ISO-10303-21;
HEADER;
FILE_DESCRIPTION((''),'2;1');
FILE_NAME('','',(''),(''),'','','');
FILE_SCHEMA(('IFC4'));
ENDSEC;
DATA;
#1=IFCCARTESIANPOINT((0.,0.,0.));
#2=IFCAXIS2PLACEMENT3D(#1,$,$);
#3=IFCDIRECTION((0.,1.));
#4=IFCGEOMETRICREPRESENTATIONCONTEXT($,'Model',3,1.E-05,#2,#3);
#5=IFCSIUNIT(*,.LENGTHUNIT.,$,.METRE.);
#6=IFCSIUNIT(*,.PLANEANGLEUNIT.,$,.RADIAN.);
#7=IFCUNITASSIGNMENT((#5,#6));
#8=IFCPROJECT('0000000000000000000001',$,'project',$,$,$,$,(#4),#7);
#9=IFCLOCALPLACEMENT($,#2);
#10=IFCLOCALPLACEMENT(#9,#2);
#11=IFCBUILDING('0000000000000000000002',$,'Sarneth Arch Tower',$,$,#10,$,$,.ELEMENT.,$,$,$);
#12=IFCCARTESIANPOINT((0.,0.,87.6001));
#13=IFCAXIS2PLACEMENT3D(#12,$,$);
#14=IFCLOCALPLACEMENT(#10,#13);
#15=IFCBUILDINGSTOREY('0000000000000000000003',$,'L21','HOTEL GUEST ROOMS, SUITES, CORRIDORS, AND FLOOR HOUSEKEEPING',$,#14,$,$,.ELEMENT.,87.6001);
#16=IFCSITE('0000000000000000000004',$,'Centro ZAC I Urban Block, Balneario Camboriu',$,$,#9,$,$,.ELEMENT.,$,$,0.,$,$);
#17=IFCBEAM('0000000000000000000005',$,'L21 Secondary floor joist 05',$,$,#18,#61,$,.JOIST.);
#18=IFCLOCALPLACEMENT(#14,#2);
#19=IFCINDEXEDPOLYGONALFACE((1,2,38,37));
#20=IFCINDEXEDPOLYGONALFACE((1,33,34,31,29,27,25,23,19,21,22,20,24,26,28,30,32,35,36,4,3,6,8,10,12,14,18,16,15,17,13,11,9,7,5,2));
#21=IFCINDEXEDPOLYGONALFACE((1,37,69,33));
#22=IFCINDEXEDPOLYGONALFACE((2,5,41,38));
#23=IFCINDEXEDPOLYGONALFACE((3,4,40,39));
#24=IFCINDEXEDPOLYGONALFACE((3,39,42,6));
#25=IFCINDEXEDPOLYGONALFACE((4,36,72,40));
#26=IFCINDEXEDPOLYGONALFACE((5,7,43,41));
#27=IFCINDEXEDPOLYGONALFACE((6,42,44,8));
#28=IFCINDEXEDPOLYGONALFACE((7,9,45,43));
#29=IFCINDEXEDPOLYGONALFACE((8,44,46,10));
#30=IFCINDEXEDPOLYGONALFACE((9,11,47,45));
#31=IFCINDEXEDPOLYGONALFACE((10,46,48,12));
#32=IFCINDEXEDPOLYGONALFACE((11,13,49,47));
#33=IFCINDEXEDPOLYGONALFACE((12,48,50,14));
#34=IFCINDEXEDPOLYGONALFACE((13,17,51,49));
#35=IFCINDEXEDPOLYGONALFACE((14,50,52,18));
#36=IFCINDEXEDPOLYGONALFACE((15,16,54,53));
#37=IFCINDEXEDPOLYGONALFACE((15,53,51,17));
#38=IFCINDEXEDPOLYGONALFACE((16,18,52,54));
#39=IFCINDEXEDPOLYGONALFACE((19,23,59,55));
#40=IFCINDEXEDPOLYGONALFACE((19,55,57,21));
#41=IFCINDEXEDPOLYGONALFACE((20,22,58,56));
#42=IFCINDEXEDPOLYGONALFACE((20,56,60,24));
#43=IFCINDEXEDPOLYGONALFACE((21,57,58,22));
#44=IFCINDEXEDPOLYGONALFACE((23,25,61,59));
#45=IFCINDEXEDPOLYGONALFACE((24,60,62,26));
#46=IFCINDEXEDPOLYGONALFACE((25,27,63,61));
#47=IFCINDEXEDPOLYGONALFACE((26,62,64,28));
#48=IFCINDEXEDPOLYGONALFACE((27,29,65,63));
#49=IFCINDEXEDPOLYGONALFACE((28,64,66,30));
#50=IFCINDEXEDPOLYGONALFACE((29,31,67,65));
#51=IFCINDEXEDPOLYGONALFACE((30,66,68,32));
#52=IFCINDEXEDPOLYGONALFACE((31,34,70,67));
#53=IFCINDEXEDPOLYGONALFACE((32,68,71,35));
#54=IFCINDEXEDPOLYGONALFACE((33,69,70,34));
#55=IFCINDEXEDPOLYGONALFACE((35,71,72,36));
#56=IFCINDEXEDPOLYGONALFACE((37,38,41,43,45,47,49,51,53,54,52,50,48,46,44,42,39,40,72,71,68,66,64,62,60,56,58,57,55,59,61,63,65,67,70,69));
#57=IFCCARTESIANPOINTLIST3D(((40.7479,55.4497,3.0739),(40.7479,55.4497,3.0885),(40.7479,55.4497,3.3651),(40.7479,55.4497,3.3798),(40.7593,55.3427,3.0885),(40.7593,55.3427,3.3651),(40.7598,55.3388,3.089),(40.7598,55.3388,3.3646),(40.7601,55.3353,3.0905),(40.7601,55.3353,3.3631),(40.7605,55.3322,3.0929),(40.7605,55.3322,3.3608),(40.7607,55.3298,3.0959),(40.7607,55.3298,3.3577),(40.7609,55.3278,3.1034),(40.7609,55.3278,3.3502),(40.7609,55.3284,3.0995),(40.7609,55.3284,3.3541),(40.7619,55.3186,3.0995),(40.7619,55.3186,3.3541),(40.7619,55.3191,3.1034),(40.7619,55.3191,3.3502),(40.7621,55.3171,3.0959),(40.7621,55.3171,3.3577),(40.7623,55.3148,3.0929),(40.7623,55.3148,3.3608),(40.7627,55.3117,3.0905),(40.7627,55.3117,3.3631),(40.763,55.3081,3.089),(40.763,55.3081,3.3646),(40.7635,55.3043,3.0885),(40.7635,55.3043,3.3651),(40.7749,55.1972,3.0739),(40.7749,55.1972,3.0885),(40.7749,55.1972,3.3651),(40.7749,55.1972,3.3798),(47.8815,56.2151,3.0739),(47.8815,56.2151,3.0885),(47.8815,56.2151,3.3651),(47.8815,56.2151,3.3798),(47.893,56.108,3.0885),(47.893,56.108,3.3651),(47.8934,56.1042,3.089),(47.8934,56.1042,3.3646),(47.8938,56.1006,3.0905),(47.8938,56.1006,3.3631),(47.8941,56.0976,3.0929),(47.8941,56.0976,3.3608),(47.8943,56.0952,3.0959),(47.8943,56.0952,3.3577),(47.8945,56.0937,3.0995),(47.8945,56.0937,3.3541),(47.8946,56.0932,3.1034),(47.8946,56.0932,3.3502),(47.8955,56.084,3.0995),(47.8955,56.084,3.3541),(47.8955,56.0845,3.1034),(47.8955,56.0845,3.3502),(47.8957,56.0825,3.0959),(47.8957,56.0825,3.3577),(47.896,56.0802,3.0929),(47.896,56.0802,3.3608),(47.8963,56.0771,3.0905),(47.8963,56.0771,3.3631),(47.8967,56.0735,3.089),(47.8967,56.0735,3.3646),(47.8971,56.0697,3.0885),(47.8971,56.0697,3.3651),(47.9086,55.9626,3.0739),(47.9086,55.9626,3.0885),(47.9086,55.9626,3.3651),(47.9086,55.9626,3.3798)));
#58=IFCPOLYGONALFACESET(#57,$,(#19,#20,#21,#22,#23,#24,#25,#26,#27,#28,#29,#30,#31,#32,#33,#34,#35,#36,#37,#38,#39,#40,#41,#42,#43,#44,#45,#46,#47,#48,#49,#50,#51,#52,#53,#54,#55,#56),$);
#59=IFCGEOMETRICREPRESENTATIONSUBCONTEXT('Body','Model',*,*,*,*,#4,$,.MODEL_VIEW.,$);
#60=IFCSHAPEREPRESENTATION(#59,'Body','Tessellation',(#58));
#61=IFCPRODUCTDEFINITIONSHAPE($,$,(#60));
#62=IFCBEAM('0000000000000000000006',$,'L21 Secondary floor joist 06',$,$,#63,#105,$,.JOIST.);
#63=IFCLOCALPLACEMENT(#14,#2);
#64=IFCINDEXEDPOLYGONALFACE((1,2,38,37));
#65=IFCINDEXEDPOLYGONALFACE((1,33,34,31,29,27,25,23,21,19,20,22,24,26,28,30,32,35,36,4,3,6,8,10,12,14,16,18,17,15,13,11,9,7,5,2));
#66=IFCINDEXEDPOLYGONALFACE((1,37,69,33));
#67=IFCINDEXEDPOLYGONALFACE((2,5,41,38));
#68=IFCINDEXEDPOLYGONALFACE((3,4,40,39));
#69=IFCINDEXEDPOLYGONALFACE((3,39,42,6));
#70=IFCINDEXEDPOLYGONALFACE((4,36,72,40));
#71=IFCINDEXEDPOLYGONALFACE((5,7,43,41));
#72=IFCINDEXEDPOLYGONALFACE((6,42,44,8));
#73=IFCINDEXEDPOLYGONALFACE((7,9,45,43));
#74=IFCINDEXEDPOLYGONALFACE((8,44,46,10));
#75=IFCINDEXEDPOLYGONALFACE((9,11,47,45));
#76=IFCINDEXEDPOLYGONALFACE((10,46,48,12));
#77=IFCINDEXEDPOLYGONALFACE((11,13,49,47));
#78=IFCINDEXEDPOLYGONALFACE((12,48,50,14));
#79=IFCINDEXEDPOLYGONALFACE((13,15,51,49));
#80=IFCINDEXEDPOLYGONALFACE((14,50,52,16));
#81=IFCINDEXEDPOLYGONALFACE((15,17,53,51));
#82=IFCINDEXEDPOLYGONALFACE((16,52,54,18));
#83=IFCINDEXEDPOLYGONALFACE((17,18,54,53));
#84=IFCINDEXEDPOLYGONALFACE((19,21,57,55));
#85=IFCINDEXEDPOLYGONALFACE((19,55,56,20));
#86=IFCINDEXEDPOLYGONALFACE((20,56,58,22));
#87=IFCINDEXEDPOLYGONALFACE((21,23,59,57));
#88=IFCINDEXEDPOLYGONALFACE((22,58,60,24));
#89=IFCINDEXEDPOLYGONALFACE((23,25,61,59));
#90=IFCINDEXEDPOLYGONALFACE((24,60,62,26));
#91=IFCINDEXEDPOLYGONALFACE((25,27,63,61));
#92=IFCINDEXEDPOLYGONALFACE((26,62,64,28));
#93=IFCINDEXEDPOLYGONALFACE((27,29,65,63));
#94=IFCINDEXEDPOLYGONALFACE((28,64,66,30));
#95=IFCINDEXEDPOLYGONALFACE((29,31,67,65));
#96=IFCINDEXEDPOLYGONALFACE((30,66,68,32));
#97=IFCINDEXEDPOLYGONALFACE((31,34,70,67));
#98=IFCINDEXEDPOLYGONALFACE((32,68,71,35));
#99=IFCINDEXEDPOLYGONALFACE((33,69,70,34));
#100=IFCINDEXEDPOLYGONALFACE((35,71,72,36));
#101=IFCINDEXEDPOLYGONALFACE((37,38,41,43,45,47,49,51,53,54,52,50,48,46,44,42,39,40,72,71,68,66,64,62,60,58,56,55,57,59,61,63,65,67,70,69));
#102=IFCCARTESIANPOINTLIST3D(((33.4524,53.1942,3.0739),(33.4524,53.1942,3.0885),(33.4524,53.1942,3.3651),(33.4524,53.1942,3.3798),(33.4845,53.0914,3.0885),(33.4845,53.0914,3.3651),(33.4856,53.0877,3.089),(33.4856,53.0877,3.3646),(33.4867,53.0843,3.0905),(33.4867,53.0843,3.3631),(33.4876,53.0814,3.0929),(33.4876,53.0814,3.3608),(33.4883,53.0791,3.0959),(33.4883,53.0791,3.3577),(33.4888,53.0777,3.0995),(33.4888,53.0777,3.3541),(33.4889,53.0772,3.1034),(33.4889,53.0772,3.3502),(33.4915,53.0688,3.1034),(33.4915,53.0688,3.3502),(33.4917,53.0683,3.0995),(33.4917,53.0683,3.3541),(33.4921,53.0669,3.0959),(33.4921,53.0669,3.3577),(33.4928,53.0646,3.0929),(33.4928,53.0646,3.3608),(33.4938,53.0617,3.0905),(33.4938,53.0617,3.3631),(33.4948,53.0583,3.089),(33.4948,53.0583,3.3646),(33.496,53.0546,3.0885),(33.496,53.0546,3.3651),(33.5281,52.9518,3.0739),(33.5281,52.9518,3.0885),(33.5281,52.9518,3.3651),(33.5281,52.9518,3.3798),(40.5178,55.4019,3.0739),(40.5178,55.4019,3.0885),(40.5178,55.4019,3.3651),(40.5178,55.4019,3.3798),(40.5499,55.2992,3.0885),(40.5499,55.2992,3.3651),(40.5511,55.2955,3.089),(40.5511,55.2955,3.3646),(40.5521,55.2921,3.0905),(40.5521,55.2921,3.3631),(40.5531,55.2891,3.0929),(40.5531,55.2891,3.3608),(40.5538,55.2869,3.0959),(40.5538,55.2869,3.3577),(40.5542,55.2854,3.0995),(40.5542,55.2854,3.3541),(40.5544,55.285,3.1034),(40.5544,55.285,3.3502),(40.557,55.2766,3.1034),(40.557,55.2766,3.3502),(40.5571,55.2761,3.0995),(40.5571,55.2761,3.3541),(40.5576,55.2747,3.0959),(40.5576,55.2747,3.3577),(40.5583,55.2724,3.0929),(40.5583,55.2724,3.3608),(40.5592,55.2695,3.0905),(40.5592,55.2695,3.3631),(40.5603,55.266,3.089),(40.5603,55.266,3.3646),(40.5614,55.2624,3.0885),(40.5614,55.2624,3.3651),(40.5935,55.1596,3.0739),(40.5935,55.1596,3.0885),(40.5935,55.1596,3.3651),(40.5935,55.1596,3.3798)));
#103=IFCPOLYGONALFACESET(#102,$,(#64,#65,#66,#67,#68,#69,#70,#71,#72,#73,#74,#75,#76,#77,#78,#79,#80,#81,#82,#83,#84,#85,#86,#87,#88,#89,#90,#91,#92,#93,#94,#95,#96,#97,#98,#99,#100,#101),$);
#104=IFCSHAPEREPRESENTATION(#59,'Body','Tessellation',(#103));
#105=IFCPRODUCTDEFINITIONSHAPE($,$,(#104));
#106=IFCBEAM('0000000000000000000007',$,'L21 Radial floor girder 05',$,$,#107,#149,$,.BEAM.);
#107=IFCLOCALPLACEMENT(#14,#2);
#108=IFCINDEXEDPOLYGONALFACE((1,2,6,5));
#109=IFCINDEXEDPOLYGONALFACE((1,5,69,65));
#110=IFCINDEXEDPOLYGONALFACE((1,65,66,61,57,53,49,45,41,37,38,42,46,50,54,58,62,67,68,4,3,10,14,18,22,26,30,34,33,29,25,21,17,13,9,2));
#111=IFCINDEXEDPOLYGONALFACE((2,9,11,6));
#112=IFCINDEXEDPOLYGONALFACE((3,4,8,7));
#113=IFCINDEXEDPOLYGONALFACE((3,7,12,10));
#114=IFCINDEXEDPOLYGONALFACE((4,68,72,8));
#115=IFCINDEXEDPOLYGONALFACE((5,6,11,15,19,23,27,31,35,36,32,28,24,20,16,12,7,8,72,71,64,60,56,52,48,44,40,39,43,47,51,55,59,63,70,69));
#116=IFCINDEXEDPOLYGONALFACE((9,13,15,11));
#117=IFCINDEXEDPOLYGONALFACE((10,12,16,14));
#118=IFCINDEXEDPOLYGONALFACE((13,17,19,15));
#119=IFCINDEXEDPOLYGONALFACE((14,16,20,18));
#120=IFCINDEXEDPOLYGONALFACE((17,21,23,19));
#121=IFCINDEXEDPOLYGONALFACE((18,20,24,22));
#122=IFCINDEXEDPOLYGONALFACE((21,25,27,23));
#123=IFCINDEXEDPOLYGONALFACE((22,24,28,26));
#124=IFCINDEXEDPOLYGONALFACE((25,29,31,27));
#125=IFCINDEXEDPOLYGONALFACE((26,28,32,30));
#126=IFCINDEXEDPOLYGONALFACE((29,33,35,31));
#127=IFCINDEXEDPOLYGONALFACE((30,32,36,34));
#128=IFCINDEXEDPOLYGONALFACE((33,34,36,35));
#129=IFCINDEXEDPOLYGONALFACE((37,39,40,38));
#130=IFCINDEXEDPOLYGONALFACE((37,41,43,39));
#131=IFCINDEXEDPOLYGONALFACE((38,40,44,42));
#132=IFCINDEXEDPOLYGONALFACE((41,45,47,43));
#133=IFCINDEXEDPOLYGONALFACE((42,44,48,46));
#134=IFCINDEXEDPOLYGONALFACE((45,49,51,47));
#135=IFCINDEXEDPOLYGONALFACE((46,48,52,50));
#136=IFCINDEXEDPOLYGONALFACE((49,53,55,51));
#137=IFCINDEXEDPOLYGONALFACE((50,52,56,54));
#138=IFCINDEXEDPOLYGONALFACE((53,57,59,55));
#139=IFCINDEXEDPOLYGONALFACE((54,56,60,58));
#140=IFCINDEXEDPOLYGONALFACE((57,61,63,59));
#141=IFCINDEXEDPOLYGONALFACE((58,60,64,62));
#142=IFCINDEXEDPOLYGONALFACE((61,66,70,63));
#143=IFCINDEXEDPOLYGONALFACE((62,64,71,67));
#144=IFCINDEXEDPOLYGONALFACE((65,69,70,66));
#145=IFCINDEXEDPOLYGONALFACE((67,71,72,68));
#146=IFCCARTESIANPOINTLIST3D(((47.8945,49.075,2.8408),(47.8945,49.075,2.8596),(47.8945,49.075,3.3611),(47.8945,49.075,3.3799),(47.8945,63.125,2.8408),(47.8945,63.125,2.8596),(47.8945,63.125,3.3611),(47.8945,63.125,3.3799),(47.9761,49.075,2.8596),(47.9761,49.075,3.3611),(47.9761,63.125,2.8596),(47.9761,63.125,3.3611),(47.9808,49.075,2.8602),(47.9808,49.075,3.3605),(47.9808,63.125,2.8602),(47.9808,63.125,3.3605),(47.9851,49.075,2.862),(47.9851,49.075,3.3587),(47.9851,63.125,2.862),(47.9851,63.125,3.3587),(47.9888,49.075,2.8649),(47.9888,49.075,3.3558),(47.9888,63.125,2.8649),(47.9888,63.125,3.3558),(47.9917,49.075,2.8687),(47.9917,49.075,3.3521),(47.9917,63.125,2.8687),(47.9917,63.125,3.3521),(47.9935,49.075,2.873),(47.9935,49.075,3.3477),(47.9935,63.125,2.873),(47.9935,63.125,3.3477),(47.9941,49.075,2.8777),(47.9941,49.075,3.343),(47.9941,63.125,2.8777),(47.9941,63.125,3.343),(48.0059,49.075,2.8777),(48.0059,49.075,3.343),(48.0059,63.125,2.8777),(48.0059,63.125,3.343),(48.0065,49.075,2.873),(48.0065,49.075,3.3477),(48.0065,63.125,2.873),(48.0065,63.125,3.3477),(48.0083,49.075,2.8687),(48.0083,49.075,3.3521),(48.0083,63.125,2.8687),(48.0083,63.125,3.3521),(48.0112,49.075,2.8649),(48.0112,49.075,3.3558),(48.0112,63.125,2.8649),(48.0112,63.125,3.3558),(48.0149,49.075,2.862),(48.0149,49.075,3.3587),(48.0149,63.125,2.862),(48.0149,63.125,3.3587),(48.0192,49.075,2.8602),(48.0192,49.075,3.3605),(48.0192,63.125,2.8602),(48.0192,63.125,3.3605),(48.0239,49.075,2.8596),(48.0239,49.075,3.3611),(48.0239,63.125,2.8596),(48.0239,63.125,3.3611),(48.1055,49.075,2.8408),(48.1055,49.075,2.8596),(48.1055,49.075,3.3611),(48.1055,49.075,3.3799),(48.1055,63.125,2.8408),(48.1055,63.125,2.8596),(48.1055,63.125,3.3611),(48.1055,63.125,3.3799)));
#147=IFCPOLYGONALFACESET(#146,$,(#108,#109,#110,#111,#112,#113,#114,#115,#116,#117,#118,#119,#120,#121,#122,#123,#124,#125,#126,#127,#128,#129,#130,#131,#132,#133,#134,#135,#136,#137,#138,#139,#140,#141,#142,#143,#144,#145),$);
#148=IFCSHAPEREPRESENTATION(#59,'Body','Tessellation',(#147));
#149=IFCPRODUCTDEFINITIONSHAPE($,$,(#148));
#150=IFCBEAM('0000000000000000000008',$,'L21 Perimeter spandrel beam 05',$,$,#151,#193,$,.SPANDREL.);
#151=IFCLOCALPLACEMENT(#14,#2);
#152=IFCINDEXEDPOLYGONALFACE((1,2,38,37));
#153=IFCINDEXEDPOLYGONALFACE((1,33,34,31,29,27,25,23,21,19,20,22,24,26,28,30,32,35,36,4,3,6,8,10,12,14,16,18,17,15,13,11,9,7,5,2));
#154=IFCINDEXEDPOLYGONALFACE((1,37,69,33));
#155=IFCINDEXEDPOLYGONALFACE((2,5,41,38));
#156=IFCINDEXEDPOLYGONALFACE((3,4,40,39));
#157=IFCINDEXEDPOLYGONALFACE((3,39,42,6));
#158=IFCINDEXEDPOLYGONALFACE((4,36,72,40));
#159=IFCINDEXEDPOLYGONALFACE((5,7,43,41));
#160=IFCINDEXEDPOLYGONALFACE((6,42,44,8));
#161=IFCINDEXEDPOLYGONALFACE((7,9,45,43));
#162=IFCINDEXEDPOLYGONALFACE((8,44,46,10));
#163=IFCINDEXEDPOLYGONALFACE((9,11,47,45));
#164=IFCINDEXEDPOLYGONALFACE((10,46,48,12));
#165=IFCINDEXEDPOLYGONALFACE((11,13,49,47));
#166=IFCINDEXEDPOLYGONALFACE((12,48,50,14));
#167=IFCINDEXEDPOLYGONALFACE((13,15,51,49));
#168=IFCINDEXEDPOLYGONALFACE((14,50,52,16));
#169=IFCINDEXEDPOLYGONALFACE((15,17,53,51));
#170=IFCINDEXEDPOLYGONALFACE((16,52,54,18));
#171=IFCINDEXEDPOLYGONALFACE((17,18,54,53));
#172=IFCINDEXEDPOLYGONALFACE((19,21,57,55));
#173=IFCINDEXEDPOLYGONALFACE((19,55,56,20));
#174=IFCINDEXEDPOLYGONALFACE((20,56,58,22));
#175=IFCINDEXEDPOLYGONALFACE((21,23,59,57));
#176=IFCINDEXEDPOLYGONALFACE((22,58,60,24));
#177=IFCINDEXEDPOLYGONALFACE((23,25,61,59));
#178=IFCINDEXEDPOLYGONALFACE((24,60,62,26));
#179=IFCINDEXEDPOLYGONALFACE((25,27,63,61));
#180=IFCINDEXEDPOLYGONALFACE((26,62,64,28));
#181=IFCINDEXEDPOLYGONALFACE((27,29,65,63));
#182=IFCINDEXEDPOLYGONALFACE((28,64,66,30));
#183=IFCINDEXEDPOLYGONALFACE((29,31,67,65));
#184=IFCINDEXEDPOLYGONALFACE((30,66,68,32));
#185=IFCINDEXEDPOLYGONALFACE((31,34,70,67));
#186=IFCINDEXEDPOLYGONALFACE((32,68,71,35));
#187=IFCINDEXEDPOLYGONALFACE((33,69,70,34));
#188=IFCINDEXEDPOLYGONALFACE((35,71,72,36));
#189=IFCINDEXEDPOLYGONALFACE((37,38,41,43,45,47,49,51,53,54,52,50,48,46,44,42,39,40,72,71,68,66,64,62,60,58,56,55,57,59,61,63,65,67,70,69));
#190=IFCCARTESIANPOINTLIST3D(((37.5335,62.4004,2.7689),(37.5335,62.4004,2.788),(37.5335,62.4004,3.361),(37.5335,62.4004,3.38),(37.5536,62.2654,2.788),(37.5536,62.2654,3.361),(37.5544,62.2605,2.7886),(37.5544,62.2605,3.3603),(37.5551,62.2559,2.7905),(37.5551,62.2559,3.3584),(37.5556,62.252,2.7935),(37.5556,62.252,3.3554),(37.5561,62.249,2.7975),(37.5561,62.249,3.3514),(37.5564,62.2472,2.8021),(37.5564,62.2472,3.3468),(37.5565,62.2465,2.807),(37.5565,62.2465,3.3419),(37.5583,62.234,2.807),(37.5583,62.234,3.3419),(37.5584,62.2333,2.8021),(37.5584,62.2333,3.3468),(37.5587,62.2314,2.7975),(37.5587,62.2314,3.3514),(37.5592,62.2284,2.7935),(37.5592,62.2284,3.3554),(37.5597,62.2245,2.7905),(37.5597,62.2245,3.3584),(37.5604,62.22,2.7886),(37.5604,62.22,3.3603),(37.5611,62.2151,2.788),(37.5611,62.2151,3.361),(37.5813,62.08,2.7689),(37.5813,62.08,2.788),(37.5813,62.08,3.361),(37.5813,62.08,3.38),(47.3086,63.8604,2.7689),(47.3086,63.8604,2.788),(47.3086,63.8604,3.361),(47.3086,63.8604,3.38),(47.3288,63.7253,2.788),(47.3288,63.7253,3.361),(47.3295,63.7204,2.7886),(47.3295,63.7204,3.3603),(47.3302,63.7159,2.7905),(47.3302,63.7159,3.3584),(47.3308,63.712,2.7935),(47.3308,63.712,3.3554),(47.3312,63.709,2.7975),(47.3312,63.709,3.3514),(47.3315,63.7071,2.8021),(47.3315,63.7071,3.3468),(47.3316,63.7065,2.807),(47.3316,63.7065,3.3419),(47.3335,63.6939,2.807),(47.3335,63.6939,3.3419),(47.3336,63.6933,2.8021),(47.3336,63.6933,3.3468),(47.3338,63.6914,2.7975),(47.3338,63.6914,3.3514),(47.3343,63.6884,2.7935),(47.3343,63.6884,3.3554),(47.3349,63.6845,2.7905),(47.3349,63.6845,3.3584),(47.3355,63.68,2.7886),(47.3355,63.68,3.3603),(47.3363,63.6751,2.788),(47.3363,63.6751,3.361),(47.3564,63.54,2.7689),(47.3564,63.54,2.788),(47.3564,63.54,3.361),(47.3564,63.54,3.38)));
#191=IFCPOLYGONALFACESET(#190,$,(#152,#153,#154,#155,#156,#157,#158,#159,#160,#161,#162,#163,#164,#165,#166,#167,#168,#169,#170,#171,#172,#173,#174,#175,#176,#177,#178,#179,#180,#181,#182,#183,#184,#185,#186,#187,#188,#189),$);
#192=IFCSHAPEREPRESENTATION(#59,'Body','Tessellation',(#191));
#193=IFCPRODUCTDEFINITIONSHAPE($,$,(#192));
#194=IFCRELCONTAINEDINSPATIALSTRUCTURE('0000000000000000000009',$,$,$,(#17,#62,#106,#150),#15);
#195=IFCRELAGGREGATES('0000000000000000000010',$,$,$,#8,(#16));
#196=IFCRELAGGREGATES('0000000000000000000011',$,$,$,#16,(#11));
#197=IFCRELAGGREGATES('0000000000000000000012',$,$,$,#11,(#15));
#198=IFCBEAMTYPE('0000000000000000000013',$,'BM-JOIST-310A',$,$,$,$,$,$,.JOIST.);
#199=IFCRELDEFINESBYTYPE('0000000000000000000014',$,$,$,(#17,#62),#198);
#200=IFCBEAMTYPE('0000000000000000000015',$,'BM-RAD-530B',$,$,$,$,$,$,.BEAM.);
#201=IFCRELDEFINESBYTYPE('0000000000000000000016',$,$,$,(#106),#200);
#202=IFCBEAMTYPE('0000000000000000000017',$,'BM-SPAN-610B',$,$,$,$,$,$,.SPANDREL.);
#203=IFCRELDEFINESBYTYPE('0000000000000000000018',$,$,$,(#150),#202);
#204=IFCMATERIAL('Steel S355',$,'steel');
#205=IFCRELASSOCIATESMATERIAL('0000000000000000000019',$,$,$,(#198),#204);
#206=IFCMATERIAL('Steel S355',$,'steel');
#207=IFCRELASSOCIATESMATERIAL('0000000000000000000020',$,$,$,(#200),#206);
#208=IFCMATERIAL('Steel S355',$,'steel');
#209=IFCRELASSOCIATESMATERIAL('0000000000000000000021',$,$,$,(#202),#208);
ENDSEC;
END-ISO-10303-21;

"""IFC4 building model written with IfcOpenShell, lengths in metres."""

from ifc_helpers import new_model, si_unit, direction, frame, origin, origin_2d, place, context, subcontext, project, spatial, i_section, extrude, material, material_profile, profile_set, type_object, element, save


model = new_model("IFC4")

# Units and contexts
model_context = context("Model", 3, precision=1e-05, world=origin(), true_north=direction((0.0, 1.0)))
body_context = subcontext(model_context, "Body", "Model", "MODEL_VIEW")
ifc_project = project(units=[si_unit("LENGTHUNIT", "METRE"), si_unit("PLANEANGLEUNIT", "RADIAN")], contexts=[model_context])

# Site, building, storey
site_placement = place(None, origin())
site = spatial("IfcSite", under=ifc_project, at=site_placement, Name="Centro ZAC I Urban Block, Balneario Camboriu", CompositionType="ELEMENT", RefElevation=0.0)
building_placement = place(site_placement, origin())
building = spatial("IfcBuilding", under=site, at=building_placement, Name="Sarneth Arch Tower", CompositionType="ELEMENT")
storey_placement = place(building_placement, frame((0.0, 0.0, 87.6001)))
storey = spatial("IfcBuildingStorey", under=building, at=storey_placement, Name="L21", Description="HOTEL GUEST ROOMS, SUITES, CORRIDORS, AND FLOOR HOUSEKEEPING", CompositionType="ELEMENT", Elevation=87.6001)

# Beams
ifc_material_1 = material(Name="Steel S355", Category="steel")
ifc_material_profile_1 = material_profile(ifc_material_1, i_section(OverallWidth=0.2539, OverallDepth=0.3059, WebThickness=0.0088, FlangeThickness=0.0146, FilletRadius=0.0149, at=origin_2d()), Name="W310x79")
ifc_profile_set_1 = profile_set([ifc_material_profile_1], Name="Steel S355")
beam_type_1 = type_object("IfcBeamType", Name="BM-JOIST-310A", PredefinedType="JOIST", material=ifc_profile_set_1)
beam_1_placement = place(storey_placement, frame((47.895, 56.0889, 3.2268), z_axis=(-0.994293, -0.106681, 0.0), x_axis=(0.106681, -0.994293, 0.0)))
element("IfcBeam", 1, at=beam_1_placement, inside=storey, type_object=beam_type_1, Name="L21 Secondary floor joist 05", PredefinedType="JOIST", context=body_context, shape_type="SweptSolid", body=[
    extrude(i_section(OverallWidth=0.2539, OverallDepth=0.3059, WebThickness=0.0088, FlangeThickness=0.0146, FilletRadius=0.0149, at=origin_2d()), origin(), (0.0, 0.0, 1.0), 7.1746),
])
beam_2_placement = place(storey_placement, frame((40.5557, 55.2808, 3.2268), z_axis=(-0.954487, -0.298252, 0.0), x_axis=(0.298252, -0.954487, 0.0)))
element("IfcBeam", 2, at=beam_2_placement, inside=storey, type_object=beam_type_1, Name="L21 Secondary floor joist 06", PredefinedType="JOIST", context=body_context, shape_type="SweptSolid", body=[
    extrude(i_section(OverallWidth=0.2539, OverallDepth=0.3059, WebThickness=0.0088, FlangeThickness=0.0146, FilletRadius=0.0149, at=origin_2d()), origin(), (0.0, 0.0, 1.0), 7.4023),
])
ifc_material_2 = material(Name="Steel S355", Category="steel")
ifc_material_profile_2 = material_profile(ifc_material_2, i_section(OverallWidth=0.2109, OverallDepth=0.5391, WebThickness=0.0117, FlangeThickness=0.0188, FilletRadius=0.0181, at=origin_2d()), Name="W530x109")
ifc_profile_set_2 = profile_set([ifc_material_profile_2], Name="Steel S355")
beam_type_2 = type_object("IfcBeamType", Name="BM-RAD-530B", PredefinedType="BEAM", material=ifc_profile_set_2)
beam_3_placement = place(storey_placement, frame((48.0, 49.075, 3.1104), z_axis=(0.0, 1.0, 0.0), x_axis=(-1.0, 0.0, 0.0)))
element("IfcBeam", 3, at=beam_3_placement, inside=storey, type_object=beam_type_2, Name="L21 Radial floor girder 05", PredefinedType="BEAM", context=body_context, shape_type="SweptSolid", body=[
    extrude(i_section(OverallWidth=0.2109, OverallDepth=0.5391, WebThickness=0.0117, FlangeThickness=0.0188, FilletRadius=0.0181, at=origin_2d()), origin(), (0.0, 0.0, 1.0), 14.05),
])
ifc_material_3 = material(Name="Steel S355", Category="steel")
ifc_material_profile_3 = material_profile(ifc_material_3, i_section(OverallWidth=0.324, OverallDepth=0.6111, WebThickness=0.0127, FlangeThickness=0.019, FilletRadius=0.019, at=origin_2d()), Name="W610x155")
ifc_profile_set_3 = profile_set([ifc_material_profile_3], Name="Steel S355")
beam_type_3 = type_object("IfcBeamType", Name="BM-SPAN-610B", PredefinedType="SPANDREL", material=ifc_profile_set_3)
beam_4_placement = place(storey_placement, frame((47.3325, 63.7002, 3.0745), z_axis=(-0.98903, -0.147716, 0.0), x_axis=(0.147716, -0.98903, 0.0)))
element("IfcBeam", 4, at=beam_4_placement, inside=storey, type_object=beam_type_3, Name="L21 Perimeter spandrel beam 05", PredefinedType="SPANDREL", context=body_context, shape_type="SweptSolid", body=[
    extrude(i_section(OverallWidth=0.324, OverallDepth=0.6111, WebThickness=0.0127, FlangeThickness=0.019, FilletRadius=0.019, at=origin_2d()), origin(), (0.0, 0.0, 1.0), 9.8835),
])

save(model, "model.ifc")
